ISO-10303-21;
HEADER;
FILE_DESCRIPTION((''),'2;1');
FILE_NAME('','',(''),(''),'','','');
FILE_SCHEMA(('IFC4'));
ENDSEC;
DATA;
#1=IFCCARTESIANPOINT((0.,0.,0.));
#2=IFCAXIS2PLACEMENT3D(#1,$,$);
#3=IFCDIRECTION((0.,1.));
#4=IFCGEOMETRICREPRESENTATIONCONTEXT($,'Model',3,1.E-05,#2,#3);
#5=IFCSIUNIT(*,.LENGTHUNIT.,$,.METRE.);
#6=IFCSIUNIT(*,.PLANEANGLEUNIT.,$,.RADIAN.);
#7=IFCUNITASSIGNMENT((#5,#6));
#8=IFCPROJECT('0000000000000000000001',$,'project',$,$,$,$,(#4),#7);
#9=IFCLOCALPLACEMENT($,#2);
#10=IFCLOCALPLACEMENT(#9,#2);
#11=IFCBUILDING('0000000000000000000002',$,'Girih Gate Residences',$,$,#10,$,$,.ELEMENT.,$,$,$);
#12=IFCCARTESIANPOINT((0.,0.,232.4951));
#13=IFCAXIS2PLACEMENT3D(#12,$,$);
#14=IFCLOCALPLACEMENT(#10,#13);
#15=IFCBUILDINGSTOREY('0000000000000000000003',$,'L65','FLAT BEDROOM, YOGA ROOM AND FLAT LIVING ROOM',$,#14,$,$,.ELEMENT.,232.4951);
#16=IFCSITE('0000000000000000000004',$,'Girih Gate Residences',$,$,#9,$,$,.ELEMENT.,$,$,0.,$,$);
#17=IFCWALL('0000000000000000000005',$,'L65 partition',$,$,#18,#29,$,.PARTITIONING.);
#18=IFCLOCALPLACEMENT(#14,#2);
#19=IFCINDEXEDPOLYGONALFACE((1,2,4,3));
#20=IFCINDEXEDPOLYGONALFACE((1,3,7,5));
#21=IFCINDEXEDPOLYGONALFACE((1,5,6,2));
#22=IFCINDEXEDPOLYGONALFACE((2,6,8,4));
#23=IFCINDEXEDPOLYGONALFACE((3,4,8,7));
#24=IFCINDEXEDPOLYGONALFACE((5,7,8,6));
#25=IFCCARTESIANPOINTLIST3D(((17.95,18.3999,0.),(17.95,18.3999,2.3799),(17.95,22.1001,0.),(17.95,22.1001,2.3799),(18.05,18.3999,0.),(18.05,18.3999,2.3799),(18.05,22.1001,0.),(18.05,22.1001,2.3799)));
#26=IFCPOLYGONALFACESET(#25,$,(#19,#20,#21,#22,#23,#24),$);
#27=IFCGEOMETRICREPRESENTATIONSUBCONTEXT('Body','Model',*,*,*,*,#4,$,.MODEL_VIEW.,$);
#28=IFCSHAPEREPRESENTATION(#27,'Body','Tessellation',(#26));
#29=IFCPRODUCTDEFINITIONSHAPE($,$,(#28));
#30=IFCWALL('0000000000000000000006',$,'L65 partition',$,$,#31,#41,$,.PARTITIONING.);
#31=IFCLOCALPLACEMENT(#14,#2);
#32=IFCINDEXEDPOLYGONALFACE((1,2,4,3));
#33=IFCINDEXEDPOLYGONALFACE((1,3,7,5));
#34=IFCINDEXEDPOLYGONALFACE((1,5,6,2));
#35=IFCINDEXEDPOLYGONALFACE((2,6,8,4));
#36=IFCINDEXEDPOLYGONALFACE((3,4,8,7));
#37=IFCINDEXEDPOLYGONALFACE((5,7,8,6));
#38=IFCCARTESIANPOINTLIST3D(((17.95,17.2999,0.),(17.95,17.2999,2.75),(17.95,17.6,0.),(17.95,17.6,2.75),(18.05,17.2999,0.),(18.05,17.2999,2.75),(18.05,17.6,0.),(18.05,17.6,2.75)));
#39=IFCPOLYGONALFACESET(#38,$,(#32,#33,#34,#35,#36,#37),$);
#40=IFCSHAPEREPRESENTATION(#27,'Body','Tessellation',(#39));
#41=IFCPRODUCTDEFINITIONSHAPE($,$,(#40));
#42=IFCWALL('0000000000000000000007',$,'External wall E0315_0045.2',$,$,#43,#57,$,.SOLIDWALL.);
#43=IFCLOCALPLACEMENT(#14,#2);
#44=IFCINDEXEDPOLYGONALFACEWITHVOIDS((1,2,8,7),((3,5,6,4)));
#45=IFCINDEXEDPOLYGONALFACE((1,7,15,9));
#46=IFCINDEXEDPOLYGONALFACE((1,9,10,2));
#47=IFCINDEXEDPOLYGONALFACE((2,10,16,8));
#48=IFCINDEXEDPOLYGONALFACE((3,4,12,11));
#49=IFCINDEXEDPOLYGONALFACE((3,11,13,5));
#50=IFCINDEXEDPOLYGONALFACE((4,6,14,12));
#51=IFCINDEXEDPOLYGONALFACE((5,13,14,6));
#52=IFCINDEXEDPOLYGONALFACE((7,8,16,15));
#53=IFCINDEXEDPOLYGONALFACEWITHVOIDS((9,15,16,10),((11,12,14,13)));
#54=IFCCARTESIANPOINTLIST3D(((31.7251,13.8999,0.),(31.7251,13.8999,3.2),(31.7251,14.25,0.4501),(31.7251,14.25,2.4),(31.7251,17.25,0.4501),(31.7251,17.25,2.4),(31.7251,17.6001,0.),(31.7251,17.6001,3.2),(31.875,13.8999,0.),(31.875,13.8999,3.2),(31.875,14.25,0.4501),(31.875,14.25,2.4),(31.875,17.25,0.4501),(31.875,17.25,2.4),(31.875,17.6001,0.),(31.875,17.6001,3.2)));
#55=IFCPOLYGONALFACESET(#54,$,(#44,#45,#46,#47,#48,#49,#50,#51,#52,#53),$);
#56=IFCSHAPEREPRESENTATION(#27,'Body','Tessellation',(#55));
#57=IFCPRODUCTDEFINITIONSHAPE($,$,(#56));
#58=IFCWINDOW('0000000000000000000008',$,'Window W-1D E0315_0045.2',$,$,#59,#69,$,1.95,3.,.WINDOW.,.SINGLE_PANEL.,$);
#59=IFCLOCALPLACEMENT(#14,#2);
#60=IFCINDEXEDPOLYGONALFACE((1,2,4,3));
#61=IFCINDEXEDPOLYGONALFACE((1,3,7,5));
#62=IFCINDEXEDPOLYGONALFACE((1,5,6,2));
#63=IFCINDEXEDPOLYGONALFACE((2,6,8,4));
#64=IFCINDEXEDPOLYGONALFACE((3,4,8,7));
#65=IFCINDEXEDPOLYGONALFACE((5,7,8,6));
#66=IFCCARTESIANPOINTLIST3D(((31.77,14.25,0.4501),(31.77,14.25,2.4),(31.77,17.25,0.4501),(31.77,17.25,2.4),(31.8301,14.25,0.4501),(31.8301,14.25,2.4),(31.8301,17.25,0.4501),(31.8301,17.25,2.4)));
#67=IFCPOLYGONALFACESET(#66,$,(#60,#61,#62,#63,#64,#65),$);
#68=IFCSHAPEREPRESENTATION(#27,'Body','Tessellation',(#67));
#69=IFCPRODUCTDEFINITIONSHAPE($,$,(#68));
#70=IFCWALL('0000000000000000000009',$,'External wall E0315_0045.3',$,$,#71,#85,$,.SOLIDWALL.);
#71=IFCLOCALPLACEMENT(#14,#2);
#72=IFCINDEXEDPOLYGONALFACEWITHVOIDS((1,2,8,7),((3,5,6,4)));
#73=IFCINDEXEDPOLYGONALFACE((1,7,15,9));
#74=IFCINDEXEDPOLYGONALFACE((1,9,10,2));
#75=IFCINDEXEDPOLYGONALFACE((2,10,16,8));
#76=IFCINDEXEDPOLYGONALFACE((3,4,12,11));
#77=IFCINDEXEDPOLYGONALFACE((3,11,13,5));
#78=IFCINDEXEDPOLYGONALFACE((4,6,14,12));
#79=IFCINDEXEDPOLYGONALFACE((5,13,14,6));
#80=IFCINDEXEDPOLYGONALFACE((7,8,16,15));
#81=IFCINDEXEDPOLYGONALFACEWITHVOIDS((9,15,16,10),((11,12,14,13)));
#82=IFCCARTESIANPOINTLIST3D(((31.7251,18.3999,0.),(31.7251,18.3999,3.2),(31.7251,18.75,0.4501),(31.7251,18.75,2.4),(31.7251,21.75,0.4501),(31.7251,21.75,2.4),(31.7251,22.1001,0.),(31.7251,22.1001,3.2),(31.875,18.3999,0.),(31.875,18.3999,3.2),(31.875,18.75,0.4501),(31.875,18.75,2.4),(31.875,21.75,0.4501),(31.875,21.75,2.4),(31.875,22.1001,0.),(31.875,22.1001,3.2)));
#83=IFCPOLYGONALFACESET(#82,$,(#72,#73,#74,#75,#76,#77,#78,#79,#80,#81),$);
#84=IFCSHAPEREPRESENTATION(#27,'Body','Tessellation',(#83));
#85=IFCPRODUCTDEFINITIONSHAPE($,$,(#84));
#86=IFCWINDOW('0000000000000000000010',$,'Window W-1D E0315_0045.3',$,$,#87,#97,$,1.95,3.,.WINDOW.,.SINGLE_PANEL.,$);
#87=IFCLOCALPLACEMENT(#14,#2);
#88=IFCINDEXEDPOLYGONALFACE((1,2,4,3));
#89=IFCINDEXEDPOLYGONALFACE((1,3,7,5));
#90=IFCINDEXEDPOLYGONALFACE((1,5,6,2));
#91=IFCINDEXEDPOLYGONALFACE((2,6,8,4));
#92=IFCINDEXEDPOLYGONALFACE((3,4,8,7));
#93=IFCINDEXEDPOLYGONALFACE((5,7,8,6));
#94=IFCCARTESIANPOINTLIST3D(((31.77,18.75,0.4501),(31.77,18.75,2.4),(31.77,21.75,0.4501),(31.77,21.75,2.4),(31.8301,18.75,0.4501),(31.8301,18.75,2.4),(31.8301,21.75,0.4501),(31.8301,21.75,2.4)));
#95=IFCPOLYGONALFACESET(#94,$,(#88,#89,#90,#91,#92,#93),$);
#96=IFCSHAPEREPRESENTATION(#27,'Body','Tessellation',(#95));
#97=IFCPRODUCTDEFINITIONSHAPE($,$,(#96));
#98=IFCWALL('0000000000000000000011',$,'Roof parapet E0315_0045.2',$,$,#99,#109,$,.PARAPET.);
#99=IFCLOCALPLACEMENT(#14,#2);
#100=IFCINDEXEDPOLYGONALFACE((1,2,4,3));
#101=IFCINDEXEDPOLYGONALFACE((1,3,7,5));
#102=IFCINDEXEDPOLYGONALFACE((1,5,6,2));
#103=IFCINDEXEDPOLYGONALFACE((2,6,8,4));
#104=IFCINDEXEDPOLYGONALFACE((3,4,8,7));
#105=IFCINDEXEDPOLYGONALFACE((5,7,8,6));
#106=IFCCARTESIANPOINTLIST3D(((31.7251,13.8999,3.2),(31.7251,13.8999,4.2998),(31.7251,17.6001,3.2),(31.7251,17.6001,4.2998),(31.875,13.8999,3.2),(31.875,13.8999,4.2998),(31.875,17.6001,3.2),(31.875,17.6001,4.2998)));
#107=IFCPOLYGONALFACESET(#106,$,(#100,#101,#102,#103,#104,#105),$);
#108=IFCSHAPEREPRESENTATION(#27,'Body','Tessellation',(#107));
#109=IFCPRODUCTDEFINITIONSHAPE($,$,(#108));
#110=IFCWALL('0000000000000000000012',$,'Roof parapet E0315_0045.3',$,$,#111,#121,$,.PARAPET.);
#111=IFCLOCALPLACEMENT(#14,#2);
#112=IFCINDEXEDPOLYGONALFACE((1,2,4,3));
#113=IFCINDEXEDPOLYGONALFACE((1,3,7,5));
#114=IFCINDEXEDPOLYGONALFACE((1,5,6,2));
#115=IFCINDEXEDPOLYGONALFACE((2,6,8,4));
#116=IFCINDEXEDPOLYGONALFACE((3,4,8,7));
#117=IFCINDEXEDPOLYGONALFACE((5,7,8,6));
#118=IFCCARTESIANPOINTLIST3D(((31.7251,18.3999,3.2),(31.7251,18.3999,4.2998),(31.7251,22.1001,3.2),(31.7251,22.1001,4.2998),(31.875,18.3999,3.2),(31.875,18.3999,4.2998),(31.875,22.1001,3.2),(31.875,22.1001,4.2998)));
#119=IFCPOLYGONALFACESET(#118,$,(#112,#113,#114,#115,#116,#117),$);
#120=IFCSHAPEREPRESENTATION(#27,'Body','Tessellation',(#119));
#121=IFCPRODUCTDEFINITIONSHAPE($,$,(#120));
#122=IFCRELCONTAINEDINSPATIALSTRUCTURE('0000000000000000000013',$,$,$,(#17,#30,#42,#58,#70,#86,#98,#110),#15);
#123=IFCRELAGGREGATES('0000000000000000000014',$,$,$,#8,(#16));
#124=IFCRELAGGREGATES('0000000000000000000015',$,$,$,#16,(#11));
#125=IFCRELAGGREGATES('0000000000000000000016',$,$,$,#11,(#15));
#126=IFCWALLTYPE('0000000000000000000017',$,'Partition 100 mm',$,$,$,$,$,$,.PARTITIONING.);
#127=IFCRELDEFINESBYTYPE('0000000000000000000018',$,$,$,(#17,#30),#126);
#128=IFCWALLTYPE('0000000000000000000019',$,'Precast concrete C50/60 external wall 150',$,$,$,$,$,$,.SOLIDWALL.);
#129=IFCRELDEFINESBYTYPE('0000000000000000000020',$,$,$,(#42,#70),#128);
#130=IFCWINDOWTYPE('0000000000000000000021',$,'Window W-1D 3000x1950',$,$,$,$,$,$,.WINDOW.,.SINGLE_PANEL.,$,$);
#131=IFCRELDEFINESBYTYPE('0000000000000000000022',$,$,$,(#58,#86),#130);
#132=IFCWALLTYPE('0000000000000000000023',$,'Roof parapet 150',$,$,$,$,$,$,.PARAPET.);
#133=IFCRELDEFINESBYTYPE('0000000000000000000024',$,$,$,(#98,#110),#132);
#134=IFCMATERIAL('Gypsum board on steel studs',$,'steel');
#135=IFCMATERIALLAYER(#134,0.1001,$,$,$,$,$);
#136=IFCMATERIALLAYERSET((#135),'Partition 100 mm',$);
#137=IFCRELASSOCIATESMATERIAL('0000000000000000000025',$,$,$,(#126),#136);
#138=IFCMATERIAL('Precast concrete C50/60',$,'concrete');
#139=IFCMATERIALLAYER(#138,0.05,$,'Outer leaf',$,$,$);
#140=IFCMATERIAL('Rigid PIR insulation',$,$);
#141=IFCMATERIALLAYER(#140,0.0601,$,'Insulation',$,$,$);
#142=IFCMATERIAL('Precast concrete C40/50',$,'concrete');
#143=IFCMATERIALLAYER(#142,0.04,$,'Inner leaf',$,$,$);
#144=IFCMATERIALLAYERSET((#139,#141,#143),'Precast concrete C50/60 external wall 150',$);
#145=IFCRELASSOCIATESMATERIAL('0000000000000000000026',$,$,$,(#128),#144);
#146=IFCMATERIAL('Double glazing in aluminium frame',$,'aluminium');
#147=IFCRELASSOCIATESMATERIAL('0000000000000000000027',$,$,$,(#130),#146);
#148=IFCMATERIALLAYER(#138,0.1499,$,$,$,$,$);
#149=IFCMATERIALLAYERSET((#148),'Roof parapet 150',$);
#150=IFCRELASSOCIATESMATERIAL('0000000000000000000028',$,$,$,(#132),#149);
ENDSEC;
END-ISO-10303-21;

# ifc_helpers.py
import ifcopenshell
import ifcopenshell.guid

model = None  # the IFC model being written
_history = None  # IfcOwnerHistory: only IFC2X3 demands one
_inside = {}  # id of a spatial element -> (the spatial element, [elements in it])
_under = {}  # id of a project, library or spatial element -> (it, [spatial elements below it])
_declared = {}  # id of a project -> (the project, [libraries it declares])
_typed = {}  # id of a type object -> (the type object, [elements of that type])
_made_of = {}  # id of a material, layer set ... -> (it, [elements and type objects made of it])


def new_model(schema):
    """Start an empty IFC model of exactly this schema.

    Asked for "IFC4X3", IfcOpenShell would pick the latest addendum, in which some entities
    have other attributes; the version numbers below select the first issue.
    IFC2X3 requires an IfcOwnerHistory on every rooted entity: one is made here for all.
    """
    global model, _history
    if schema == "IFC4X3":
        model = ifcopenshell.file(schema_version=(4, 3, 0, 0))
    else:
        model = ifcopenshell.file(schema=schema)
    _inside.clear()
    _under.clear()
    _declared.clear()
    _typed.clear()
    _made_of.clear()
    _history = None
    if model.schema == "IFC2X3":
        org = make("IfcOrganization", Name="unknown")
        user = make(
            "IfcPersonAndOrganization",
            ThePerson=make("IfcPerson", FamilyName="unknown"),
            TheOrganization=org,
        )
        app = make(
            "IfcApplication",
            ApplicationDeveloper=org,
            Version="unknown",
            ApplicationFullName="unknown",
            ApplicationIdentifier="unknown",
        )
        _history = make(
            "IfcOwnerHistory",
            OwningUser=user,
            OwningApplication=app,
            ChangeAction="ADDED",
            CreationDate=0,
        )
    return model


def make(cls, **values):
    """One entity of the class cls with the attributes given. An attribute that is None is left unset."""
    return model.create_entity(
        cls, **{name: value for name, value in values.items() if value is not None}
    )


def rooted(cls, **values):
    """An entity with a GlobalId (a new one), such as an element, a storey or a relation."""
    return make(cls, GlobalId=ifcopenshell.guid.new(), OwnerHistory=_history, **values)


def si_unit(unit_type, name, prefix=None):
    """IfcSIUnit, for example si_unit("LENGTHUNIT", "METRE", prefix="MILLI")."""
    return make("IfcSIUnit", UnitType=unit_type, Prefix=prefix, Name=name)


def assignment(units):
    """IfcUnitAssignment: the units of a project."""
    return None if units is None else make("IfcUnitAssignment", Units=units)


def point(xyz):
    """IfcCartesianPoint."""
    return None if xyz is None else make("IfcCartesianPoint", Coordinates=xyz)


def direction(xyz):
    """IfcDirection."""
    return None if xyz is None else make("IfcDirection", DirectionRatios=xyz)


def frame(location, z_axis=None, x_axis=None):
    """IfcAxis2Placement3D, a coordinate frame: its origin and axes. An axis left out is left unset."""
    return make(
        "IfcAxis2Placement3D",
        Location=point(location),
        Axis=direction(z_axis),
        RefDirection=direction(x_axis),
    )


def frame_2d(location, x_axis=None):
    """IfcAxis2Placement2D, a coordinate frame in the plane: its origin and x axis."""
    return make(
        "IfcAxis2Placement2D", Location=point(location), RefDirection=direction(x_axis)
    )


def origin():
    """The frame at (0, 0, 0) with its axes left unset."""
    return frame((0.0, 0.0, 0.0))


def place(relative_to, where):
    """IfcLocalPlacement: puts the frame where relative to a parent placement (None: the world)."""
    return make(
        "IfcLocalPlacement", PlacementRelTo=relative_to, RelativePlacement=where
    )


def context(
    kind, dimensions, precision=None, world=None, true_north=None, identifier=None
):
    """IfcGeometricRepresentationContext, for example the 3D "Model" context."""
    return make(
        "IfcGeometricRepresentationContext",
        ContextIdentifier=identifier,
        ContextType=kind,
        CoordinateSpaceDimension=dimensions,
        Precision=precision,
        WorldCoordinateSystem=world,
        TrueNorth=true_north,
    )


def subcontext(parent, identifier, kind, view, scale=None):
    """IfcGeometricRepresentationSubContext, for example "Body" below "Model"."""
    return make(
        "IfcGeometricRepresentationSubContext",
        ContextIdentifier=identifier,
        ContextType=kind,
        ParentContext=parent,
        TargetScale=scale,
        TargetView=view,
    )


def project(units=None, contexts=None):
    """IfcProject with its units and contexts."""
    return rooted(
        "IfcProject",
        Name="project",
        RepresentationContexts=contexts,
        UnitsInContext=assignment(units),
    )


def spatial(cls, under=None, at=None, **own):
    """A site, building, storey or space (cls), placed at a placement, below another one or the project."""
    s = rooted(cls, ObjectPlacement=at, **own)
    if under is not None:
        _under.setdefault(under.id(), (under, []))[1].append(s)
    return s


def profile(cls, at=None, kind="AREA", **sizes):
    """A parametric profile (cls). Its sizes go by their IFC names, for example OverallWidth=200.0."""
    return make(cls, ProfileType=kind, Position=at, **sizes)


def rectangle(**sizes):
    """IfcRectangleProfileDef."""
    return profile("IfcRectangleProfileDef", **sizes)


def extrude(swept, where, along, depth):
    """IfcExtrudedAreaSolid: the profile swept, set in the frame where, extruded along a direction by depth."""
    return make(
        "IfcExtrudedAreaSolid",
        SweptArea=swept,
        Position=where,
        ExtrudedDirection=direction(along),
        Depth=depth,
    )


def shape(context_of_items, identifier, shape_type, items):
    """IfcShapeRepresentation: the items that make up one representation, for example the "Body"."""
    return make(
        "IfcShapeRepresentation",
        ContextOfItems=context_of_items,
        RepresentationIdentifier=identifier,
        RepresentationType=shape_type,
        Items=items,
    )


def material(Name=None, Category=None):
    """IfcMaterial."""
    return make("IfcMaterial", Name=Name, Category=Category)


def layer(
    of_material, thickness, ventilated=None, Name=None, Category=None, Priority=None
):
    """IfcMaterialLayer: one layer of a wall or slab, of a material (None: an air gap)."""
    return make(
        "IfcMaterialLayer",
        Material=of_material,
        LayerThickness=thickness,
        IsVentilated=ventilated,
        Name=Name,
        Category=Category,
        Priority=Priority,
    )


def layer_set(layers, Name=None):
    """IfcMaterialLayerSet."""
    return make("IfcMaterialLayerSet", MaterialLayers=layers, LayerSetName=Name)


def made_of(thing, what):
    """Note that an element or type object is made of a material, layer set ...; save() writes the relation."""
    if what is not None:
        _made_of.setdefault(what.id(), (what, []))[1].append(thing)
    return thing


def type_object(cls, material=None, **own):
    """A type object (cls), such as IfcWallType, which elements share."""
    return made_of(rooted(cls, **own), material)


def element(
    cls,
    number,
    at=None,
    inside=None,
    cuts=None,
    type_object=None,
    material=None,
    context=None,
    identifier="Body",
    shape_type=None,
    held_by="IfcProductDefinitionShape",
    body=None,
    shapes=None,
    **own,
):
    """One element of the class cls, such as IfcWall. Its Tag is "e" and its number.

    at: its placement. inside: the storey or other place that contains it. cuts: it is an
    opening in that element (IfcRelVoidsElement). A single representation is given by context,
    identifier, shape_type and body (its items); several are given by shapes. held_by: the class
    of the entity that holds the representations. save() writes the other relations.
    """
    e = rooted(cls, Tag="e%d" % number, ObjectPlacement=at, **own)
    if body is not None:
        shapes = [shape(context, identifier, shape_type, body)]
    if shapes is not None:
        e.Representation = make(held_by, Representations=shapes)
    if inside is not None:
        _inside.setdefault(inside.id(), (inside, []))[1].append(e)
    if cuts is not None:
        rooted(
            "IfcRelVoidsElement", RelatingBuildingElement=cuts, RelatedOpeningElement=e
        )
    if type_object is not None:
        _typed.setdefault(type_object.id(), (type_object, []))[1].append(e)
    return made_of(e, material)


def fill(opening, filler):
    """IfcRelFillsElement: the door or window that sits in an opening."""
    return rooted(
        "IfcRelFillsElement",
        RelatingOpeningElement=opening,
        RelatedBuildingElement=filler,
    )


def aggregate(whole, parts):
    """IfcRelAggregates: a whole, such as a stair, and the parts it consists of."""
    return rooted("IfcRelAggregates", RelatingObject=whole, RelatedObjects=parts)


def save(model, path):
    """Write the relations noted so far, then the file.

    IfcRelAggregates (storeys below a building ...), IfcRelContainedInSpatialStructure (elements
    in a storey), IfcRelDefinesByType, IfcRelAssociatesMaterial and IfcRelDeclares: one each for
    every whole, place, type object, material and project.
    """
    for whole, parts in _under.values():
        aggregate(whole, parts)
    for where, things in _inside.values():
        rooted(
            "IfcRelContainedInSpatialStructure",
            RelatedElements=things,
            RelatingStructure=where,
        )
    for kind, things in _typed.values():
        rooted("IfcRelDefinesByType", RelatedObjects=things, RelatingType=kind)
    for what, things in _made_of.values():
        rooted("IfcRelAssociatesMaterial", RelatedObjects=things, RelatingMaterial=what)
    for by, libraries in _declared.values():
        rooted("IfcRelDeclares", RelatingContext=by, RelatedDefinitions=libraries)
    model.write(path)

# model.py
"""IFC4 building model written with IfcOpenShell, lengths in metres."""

from ifc_helpers import new_model, si_unit, direction, frame, frame_2d, origin, place, context, subcontext, project, spatial, rectangle, extrude, material, layer, layer_set, type_object, element, fill, save


model = new_model("IFC4")

# Units and contexts
model_context = context("Model", 3, precision=1e-05, world=origin(), true_north=direction((0.0, 1.0)))
body_context = subcontext(model_context, "Body", "Model", "MODEL_VIEW")
ifc_project = project(units=[si_unit("LENGTHUNIT", "METRE"), si_unit("PLANEANGLEUNIT", "RADIAN")], contexts=[model_context])

# Site, building, storey
site_placement = place(None, origin())
site = spatial("IfcSite", under=ifc_project, at=site_placement, Name="Girih Gate Residences", CompositionType="ELEMENT", RefElevation=0.0)
building_placement = place(site_placement, origin())
building = spatial("IfcBuilding", under=site, at=building_placement, Name="Girih Gate Residences", CompositionType="ELEMENT")
storey_placement = place(building_placement, frame((0.0, 0.0, 232.4951)))
storey = spatial("IfcBuildingStorey", under=building, at=storey_placement, Name="L65", Description="FLAT BEDROOM, YOGA ROOM AND FLAT LIVING ROOM", CompositionType="ELEMENT", Elevation=232.4951)

# Shared definitions
ifc_material_1 = material(Name="Gypsum board on steel studs", Category="steel")

# Walls
ifc_layer_1 = layer(ifc_material_1, 0.1001)
ifc_layer_set_1 = layer_set([ifc_layer_1], Name="Partition 100 mm")
wall_type_1 = type_object("IfcWallType", Name="Partition 100 mm", PredefinedType="PARTITIONING", material=ifc_layer_set_1)
wall_1_placement = place(storey_placement, frame((18.0, 18.3999, 0.0), z_axis=(0.0, 0.0, 1.0), x_axis=(0.0, 1.0, 0.0)))
element("IfcWall", 1, at=wall_1_placement, inside=storey, type_object=wall_type_1, Name="L65 partition", PredefinedType="PARTITIONING", context=body_context, shape_type="SweptSolid", body=[
    extrude(rectangle(XDim=3.7002, YDim=0.1001, at=frame_2d((1.8501, 0.0))), origin(), (0.0, 0.0, 1.0), 2.3799),
])
wall_2_placement = place(storey_placement, frame((18.0, 17.3, 0.0), z_axis=(0.0, 0.0, 1.0), x_axis=(0.0, 1.0, 0.0)))
element("IfcWall", 2, at=wall_2_placement, inside=storey, type_object=wall_type_1, Name="L65 partition", PredefinedType="PARTITIONING", context=body_context, shape_type="SweptSolid", body=[
    extrude(rectangle(XDim=0.3, YDim=0.1001, at=frame_2d((0.1499, 0.0))), origin(), (0.0, 0.0, 1.0), 2.75),
])

# Walls, openings, windows
ifc_material_2 = material(Name="Precast concrete C50/60", Category="concrete")
ifc_layer_2 = layer(ifc_material_2, 0.05, Name="Outer leaf")
ifc_material_3 = material(Name="Rigid PIR insulation")
ifc_layer_3 = layer(ifc_material_3, 0.0601, Name="Insulation")
ifc_material_4 = material(Name="Precast concrete C40/50", Category="concrete")
ifc_layer_4 = layer(ifc_material_4, 0.04, Name="Inner leaf")
ifc_layer_set_2 = layer_set([ifc_layer_2, ifc_layer_3, ifc_layer_4], Name="Precast concrete C50/60 external wall 150")
wall_type_2 = type_object("IfcWallType", Name="Precast concrete C50/60 external wall 150", PredefinedType="SOLIDWALL", material=ifc_layer_set_2)
wall_3_placement = place(storey_placement, frame((31.8, 17.6001, 0.0), z_axis=(0.0, 0.0, 1.0), x_axis=(0.0, -1.0, 0.0)))
wall_3 = element("IfcWall", 3, at=wall_3_placement, inside=storey, type_object=wall_type_2, Name="External wall E0315_0045.2", PredefinedType="SOLIDWALL", context=body_context, shape_type="SweptSolid", body=[
    extrude(rectangle(XDim=3.7002, YDim=0.1499, at=frame_2d((1.8501, 0.0))), origin(), (0.0, 0.0, 1.0), 3.2),
])
opening_1_placement = place(wall_3_placement, frame((0.3501, 0.0, 0.45)))
opening_1 = element("IfcOpeningElement", 4, at=opening_1_placement, cuts=wall_3, PredefinedType="OPENING", context=body_context, shape_type="SweptSolid", body=[
    extrude(rectangle(XDim=3.0, YDim=1.95, at=frame_2d((1.5, 0.9751))), frame((0.0, 0.085, 0.0), z_axis=(0.0, -1.0, 0.0), x_axis=(1.0, 0.0, 0.0)), (0.0, 0.0, 1.0), 0.1699),
])
ifc_material_5 = material(Name="Double glazing in aluminium frame", Category="aluminium")
window_type = type_object("IfcWindowType", Name="Window W-1D 3000x1950", PartitioningType="SINGLE_PANEL", PredefinedType="WINDOW", material=ifc_material_5)
window_1_placement = place(opening_1_placement, origin())
window_1 = element("IfcWindow", 5, at=window_1_placement, inside=storey, type_object=window_type, Name="Window W-1D E0315_0045.2", OverallHeight=1.95, OverallWidth=3.0, PartitioningType="SINGLE_PANEL", PredefinedType="WINDOW", context=body_context, shape_type="SweptSolid", body=[
    extrude(rectangle(XDim=3.0, YDim=1.95, at=frame_2d((1.5, 0.9751))), frame((0.0, 0.03, 0.0), z_axis=(0.0, -1.0, 0.0), x_axis=(1.0, 0.0, 0.0)), (0.0, 0.0, 1.0), 0.0601),
])
fill(opening_1, window_1)
wall_4_placement = place(storey_placement, frame((31.8, 22.1001, 0.0), z_axis=(0.0, 0.0, 1.0), x_axis=(0.0, -1.0, 0.0)))
wall_4 = element("IfcWall", 6, at=wall_4_placement, inside=storey, type_object=wall_type_2, Name="External wall E0315_0045.3", PredefinedType="SOLIDWALL", context=body_context, shape_type="SweptSolid", body=[
    extrude(rectangle(XDim=3.7002, YDim=0.1499, at=frame_2d((1.8501, 0.0))), origin(), (0.0, 0.0, 1.0), 3.2),
])
opening_2_placement = place(wall_4_placement, frame((0.3501, 0.0, 0.45)))
opening_2 = element("IfcOpeningElement", 7, at=opening_2_placement, cuts=wall_4, PredefinedType="OPENING", context=body_context, shape_type="SweptSolid", body=[
    extrude(rectangle(XDim=3.0, YDim=1.95, at=frame_2d((1.5, 0.9751))), frame((0.0, 0.085, 0.0), z_axis=(0.0, -1.0, 0.0), x_axis=(1.0, 0.0, 0.0)), (0.0, 0.0, 1.0), 0.1699),
])
window_2_placement = place(opening_2_placement, origin())
window_2 = element("IfcWindow", 8, at=window_2_placement, inside=storey, type_object=window_type, Name="Window W-1D E0315_0045.3", OverallHeight=1.95, OverallWidth=3.0, PartitioningType="SINGLE_PANEL", PredefinedType="WINDOW", context=body_context, shape_type="SweptSolid", body=[
    extrude(rectangle(XDim=3.0, YDim=1.95, at=frame_2d((1.5, 0.9751))), frame((0.0, 0.03, 0.0), z_axis=(0.0, -1.0, 0.0), x_axis=(1.0, 0.0, 0.0)), (0.0, 0.0, 1.0), 0.0601),
])
fill(opening_2, window_2)

# Walls
ifc_layer_5 = layer(ifc_material_2, 0.1499)
ifc_layer_set_3 = layer_set([ifc_layer_5], Name="Roof parapet 150")
wall_type_3 = type_object("IfcWallType", Name="Roof parapet 150", PredefinedType="PARAPET", material=ifc_layer_set_3)
for number, where, z_axis, x_axis, name in (
    (9, (31.8, 17.6001, 3.2), (0.0, 0.0, 1.0), (0.0, -1.0, 0.0), "Roof parapet E0315_0045.2"),
    (10, (31.8, 22.1001, 3.2), (0.0, 0.0, 1.0), (0.0, -1.0, 0.0), "Roof parapet E0315_0045.3"),
):
    element("IfcWall", number, at=place(storey_placement, frame(where, z_axis=z_axis, x_axis=x_axis)), inside=storey, type_object=wall_type_3, Name=name, PredefinedType="PARAPET", context=body_context, shape_type="SweptSolid", body=[
        extrude(rectangle(XDim=3.7002, YDim=0.1499, at=frame_2d((1.8501, 0.0))), origin(), (0.0, 0.0, 1.0), 1.0999),
    ])

save(model, "model.ifc")
